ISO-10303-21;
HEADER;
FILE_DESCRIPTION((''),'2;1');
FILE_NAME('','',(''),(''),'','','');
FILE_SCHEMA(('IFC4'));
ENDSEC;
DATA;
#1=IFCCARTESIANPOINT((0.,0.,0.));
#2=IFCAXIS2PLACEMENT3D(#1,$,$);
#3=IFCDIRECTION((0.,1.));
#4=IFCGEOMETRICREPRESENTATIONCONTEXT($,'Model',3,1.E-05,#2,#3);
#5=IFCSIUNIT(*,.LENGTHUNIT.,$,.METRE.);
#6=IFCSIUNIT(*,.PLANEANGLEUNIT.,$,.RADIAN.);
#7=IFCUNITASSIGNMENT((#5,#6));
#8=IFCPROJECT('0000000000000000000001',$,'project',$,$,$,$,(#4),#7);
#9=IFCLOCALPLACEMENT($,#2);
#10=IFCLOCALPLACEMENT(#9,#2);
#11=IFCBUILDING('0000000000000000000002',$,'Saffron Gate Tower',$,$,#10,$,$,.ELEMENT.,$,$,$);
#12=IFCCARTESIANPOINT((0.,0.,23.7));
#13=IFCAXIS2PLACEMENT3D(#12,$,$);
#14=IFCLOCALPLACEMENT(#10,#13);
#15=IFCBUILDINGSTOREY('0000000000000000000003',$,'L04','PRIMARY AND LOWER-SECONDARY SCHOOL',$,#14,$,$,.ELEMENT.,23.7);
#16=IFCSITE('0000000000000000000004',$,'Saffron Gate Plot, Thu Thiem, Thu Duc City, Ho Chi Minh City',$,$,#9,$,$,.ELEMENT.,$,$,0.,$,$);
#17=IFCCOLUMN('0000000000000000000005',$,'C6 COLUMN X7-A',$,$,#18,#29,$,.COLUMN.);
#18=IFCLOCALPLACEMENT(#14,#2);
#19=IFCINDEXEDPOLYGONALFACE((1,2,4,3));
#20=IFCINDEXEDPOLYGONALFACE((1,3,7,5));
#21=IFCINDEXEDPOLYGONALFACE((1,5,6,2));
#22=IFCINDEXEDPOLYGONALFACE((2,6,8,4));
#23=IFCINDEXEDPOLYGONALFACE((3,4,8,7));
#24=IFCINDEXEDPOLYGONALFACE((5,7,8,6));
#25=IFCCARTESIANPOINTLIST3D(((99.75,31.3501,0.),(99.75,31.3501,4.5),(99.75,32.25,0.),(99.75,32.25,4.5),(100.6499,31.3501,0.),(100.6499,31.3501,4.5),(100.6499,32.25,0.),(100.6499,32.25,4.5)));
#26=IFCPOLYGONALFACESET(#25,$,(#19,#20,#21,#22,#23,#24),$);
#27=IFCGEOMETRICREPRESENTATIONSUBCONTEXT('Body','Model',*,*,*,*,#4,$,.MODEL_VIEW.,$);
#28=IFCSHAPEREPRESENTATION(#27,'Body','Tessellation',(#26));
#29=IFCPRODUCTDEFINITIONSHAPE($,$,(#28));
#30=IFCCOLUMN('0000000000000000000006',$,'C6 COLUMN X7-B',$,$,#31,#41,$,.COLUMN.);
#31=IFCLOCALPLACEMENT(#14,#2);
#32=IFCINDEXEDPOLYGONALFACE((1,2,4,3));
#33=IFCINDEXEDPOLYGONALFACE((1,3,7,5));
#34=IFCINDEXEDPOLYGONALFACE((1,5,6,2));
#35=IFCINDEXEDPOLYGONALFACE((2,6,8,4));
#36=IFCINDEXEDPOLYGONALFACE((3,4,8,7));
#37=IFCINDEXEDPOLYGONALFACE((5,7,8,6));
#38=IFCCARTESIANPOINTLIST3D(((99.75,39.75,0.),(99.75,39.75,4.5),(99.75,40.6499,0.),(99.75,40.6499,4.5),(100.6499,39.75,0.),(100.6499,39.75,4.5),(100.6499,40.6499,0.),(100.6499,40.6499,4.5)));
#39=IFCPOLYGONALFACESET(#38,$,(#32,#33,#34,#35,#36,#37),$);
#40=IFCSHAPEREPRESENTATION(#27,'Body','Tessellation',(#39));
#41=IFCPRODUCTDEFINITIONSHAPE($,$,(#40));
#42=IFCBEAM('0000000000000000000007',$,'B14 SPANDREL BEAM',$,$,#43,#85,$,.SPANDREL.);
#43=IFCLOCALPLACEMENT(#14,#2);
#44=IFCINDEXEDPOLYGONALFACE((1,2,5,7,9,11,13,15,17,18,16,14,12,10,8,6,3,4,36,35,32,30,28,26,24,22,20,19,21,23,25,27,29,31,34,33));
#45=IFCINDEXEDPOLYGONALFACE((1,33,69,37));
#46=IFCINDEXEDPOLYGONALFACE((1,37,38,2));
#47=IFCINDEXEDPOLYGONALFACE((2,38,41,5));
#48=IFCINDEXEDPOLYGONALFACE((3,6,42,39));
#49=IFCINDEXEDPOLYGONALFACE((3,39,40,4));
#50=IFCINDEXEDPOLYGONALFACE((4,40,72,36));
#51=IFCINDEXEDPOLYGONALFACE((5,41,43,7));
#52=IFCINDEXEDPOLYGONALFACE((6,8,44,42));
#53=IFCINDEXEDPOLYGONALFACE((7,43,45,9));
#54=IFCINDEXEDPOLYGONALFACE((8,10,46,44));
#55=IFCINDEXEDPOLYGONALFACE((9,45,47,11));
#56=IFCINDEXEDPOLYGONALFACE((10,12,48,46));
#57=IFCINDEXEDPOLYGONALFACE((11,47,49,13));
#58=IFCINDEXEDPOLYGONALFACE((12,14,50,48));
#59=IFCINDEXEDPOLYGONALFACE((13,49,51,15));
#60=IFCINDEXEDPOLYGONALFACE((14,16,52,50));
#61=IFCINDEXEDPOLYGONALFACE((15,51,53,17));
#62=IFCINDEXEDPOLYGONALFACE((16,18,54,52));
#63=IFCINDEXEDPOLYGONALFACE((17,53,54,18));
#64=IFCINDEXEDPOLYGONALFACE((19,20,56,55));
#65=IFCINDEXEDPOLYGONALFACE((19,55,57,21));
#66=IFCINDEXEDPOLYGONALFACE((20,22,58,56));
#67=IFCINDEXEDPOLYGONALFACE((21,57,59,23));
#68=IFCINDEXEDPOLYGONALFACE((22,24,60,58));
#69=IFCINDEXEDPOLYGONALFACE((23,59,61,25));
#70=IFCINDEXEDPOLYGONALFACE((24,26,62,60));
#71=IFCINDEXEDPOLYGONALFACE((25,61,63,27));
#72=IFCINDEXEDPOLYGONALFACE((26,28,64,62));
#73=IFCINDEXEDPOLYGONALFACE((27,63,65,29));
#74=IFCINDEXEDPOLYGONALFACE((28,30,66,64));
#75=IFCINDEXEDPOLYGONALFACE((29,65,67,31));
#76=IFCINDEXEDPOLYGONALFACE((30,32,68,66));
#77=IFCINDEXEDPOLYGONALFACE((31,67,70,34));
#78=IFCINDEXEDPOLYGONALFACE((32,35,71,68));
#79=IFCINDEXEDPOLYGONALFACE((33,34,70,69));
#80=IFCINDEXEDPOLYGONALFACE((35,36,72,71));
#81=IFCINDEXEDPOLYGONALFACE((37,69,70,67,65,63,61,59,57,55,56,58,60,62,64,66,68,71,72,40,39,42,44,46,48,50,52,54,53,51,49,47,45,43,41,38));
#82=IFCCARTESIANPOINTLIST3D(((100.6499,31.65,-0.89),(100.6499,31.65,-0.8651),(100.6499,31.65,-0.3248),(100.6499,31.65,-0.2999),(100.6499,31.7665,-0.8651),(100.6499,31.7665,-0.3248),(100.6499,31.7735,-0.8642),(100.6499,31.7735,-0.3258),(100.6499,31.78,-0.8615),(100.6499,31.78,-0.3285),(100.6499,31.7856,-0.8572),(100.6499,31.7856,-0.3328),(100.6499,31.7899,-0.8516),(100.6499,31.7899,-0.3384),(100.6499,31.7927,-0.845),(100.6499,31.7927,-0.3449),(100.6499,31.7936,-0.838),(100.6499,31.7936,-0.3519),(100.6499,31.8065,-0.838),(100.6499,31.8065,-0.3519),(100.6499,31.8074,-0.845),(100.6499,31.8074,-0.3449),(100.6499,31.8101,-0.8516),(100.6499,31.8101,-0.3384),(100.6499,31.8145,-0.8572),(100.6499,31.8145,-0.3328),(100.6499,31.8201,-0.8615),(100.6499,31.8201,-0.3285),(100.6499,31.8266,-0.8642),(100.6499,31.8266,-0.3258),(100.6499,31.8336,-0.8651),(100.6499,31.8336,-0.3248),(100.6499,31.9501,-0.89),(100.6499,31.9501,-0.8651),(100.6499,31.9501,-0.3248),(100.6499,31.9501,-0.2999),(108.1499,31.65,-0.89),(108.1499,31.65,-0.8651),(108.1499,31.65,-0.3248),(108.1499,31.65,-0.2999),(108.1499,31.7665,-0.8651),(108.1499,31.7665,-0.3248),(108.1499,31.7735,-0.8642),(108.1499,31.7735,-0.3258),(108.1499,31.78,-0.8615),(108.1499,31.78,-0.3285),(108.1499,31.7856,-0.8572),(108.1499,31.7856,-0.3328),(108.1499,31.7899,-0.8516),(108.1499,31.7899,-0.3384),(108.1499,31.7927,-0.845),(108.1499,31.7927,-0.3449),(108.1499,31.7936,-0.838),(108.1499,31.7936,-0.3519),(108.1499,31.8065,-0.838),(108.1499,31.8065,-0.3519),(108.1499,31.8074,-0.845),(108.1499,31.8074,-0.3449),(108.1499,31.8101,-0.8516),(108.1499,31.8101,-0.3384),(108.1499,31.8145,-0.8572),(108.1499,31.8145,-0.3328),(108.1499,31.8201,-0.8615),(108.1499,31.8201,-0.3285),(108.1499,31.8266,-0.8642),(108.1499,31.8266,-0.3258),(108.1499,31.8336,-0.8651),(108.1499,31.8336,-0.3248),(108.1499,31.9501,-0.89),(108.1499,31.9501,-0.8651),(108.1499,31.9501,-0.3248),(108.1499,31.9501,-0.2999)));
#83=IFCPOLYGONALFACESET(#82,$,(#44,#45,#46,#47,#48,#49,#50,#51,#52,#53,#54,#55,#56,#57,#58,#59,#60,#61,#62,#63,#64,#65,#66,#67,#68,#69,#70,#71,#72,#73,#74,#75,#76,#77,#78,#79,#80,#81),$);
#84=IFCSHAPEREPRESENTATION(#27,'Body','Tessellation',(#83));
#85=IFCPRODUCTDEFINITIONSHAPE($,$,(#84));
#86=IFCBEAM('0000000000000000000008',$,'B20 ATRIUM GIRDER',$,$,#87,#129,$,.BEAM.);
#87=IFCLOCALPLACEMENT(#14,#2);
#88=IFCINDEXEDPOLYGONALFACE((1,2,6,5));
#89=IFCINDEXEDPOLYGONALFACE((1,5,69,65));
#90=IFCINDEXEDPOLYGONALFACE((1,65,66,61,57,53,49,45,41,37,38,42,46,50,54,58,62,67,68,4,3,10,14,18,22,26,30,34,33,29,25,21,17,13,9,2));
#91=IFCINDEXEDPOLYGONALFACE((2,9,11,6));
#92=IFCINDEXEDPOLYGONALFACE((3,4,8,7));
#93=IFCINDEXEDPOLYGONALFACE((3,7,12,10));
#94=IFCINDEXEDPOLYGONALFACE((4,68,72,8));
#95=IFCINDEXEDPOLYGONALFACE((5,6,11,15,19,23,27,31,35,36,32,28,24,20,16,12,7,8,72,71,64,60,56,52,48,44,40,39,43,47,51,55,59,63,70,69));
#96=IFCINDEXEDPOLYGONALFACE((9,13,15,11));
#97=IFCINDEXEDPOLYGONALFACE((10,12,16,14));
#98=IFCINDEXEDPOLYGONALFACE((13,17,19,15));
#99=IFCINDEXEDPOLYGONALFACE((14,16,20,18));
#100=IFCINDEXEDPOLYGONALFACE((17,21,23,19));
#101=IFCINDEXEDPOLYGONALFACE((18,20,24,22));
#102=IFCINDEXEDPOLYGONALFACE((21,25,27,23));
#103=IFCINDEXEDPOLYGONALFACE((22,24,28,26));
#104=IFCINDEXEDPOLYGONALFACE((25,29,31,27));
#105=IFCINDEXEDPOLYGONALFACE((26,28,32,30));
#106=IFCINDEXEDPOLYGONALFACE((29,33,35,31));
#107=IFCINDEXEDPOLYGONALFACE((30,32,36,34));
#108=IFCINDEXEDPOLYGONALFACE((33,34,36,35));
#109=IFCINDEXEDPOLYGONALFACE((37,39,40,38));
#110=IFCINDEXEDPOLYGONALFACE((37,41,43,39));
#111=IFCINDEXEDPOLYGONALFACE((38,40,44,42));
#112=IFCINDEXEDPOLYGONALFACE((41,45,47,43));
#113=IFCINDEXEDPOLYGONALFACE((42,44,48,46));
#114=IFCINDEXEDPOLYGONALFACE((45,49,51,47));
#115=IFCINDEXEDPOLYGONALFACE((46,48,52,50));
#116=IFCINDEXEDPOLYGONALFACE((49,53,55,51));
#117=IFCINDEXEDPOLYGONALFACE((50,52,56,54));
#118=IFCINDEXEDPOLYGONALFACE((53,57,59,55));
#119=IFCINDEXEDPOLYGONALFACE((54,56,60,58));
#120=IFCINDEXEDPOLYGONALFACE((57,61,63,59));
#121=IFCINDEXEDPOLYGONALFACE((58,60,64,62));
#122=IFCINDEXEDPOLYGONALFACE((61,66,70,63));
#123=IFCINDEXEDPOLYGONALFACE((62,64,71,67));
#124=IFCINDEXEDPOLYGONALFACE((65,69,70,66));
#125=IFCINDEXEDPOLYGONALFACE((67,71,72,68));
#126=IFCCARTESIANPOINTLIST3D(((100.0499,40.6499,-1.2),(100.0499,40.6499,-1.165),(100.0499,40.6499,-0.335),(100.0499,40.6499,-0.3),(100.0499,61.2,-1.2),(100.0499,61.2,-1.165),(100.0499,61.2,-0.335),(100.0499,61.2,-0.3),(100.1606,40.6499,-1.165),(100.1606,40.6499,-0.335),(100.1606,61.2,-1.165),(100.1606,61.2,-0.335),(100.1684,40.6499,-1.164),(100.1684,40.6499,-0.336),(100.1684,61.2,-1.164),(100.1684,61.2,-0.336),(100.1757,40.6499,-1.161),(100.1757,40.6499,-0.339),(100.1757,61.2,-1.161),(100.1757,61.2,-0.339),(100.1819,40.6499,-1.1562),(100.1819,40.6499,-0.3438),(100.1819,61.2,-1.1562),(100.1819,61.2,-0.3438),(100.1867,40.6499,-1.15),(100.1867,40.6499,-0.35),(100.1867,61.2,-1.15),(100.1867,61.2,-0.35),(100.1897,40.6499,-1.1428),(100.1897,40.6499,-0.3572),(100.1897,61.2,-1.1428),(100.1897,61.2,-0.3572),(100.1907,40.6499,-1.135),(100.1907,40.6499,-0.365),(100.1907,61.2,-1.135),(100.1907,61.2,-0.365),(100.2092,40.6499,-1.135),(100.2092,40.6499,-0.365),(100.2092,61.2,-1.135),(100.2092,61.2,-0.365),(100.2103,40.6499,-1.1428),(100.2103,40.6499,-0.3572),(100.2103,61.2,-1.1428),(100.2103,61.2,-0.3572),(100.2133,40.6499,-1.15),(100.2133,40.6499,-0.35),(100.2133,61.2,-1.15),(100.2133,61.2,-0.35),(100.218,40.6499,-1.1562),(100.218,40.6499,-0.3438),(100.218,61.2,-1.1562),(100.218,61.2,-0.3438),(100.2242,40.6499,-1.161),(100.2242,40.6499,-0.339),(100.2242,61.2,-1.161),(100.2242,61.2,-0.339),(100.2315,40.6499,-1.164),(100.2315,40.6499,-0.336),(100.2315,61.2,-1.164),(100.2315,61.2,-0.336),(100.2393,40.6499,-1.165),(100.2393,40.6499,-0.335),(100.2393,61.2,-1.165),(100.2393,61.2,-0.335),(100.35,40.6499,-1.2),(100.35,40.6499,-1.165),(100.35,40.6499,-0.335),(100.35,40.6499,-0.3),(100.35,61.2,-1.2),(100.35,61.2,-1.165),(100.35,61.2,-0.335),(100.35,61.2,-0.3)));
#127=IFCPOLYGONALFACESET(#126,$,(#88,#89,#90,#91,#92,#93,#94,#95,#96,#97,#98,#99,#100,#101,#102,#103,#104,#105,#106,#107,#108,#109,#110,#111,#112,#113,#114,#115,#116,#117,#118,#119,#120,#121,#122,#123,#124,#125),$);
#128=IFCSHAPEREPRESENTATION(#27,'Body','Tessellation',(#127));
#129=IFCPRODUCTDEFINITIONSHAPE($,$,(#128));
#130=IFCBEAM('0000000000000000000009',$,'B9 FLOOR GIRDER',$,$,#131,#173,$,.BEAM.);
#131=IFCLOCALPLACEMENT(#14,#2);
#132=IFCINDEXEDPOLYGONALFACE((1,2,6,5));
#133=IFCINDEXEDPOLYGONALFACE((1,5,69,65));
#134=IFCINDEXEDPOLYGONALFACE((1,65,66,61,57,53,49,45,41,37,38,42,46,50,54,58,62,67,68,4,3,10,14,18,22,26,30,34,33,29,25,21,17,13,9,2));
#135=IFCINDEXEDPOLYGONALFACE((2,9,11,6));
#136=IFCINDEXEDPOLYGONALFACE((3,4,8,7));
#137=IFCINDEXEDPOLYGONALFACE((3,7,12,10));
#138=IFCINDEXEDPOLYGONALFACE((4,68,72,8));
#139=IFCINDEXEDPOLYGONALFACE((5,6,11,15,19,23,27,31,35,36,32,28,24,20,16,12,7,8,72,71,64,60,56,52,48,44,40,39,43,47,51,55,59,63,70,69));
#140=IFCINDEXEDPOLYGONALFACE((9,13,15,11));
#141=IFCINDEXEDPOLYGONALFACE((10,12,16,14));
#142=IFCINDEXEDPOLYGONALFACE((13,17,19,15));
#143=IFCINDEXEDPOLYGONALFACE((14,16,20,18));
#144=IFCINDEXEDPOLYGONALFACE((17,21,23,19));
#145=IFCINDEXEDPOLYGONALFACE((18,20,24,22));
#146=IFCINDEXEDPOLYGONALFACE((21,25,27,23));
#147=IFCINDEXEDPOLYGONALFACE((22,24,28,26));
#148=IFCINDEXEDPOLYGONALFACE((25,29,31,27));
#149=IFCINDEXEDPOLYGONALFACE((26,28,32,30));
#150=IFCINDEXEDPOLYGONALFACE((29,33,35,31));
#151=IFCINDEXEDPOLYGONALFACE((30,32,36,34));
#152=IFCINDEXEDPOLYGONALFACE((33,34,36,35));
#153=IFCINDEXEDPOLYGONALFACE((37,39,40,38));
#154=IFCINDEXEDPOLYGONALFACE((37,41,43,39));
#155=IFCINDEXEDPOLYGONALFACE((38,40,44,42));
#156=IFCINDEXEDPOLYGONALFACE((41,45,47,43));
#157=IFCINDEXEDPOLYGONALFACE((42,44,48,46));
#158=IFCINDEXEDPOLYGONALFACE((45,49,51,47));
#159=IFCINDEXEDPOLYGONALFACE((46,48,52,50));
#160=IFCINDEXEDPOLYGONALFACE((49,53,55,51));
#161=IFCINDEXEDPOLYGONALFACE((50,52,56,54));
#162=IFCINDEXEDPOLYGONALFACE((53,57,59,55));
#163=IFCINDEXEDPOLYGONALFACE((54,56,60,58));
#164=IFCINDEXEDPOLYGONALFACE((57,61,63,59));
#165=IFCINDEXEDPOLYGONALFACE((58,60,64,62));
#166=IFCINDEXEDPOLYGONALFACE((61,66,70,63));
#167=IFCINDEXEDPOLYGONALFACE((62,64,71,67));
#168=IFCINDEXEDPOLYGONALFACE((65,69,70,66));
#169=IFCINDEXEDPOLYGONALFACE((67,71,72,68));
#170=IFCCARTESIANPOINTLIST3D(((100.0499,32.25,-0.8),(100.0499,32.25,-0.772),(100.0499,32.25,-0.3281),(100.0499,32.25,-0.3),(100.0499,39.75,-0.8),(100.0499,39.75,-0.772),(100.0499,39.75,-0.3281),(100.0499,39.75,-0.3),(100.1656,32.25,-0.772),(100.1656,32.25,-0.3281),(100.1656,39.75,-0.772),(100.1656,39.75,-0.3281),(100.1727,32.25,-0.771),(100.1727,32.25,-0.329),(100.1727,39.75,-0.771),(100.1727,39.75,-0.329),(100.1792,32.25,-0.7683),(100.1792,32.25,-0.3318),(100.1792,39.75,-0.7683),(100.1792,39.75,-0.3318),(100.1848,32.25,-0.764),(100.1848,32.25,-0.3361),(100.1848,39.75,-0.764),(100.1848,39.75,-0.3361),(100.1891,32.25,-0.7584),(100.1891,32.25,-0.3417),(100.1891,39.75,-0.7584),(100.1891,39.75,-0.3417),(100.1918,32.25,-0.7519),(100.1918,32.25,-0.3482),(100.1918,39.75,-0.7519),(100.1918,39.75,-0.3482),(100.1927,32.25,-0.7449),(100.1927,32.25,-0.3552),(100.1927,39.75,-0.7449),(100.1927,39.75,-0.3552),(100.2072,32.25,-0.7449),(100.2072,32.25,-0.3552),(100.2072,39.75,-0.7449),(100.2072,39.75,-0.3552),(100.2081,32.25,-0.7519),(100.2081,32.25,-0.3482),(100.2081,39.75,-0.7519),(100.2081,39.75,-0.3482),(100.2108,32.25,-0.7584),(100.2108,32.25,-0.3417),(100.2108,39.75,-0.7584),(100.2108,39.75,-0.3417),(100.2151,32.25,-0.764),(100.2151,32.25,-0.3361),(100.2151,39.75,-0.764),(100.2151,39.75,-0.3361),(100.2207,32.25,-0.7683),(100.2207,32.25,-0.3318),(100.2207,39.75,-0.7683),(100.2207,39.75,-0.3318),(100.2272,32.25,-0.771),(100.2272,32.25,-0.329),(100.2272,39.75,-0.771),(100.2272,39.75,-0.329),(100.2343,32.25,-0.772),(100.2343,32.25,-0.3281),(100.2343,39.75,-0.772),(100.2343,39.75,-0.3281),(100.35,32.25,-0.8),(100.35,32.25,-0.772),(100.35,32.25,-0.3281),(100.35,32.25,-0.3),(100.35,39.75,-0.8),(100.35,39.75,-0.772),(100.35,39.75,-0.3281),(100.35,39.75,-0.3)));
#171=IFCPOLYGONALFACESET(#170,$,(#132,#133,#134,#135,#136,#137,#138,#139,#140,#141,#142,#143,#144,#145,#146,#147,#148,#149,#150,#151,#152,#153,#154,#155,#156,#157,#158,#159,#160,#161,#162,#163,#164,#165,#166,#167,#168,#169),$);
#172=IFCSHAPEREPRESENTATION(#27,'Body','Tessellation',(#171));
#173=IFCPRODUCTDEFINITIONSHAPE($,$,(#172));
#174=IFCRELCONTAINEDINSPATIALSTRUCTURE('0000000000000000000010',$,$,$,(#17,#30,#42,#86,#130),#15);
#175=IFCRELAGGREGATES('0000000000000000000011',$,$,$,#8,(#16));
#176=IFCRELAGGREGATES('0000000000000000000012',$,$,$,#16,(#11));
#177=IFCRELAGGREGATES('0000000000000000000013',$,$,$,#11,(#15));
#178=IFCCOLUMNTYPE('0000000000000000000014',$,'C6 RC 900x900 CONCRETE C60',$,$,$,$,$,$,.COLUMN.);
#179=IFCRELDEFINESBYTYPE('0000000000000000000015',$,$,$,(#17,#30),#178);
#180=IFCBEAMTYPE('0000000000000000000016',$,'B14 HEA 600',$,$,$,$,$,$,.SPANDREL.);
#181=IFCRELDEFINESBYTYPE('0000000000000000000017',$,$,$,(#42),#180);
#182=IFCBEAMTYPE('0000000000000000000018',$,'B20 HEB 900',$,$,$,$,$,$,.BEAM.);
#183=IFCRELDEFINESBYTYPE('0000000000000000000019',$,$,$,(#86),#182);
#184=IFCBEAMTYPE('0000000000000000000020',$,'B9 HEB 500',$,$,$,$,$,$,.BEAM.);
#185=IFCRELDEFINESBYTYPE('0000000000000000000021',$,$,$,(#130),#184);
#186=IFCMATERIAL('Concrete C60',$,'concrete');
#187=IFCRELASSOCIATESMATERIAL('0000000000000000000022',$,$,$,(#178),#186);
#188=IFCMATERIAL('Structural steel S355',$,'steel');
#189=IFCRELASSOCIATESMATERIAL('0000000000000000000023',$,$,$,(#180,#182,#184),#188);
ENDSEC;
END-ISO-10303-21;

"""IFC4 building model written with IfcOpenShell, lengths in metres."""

from ifc_helpers import new_model, si_unit, direction, frame, origin, origin_2d, place, context, subcontext, project, spatial, rectangle, i_section, extrude, material, material_profile, profile_set, type_object, element, save


model = new_model("IFC4")

# Units and contexts
model_context = context("Model", 3, precision=1e-05, world=origin(), true_north=direction((0.0, 1.0)))
body_context = subcontext(model_context, "Body", "Model", "MODEL_VIEW")
ifc_project = project(units=[si_unit("LENGTHUNIT", "METRE"), si_unit("PLANEANGLEUNIT", "RADIAN")], contexts=[model_context])

# Site, building, storey
site_placement = place(None, origin())
site = spatial("IfcSite", under=ifc_project, at=site_placement, Name="Saffron Gate Plot, Thu Thiem, Thu Duc City, Ho Chi Minh City", CompositionType="ELEMENT", RefElevation=0.0)
building_placement = place(site_placement, origin())
building = spatial("IfcBuilding", under=site, at=building_placement, Name="Saffron Gate Tower", CompositionType="ELEMENT")
storey_placement = place(building_placement, frame((0.0, 0.0, 23.7)))
storey = spatial("IfcBuildingStorey", under=building, at=storey_placement, Name="L04", Description="PRIMARY AND LOWER-SECONDARY SCHOOL", CompositionType="ELEMENT", Elevation=23.7)

# Columns
ifc_material_1 = material(Name="Concrete C60", Category="concrete")
ifc_material_profile_1 = material_profile(ifc_material_1, rectangle(XDim=0.8999, YDim=0.8999, at=origin_2d()))
ifc_profile_set_1 = profile_set([ifc_material_profile_1], Name="Concrete C60")
column_type = type_object("IfcColumnType", Name="C6 RC 900x900 CONCRETE C60", PredefinedType="COLUMN", material=ifc_profile_set_1)
for number, where, z_axis, x_axis, name in (
    (1, (100.2, 31.8, 0.0), (0.0, 0.0, 1.0), (1.0, 0.0, 0.0), "C6 COLUMN X7-A"),
    (2, (100.2, 40.2, 0.0), (0.0, 0.0, 1.0), (1.0, 0.0, 0.0), "C6 COLUMN X7-B"),
):
    element("IfcColumn", number, at=place(storey_placement, frame(where, z_axis=z_axis, x_axis=x_axis)), inside=storey, type_object=column_type, Name=name, PredefinedType="COLUMN", context=body_context, shape_type="SweptSolid", body=[
        extrude(rectangle(XDim=0.8999, YDim=0.8999, at=origin_2d()), origin(), (0.0, 0.0, 1.0), 4.5),
    ])

# Beams
ifc_material_2 = material(Name="Structural steel S355", Category="steel")
ifc_material_profile_2 = material_profile(ifc_material_2, i_section(OverallWidth=0.3, OverallDepth=0.5901, WebThickness=0.0129, FlangeThickness=0.0249, FilletRadius=0.0271, at=origin_2d()))
ifc_profile_set_2 = profile_set([ifc_material_profile_2], Name="Structural steel S355")
beam_type_1 = type_object("IfcBeamType", Name="B14 HEA 600", PredefinedType="SPANDREL", material=ifc_profile_set_2)
beam_1_placement = place(storey_placement, frame((100.6499, 31.8, -0.595), z_axis=(1.0, 0.0, 0.0), x_axis=(0.0, 1.0, 0.0)))
element("IfcBeam", 3, at=beam_1_placement, inside=storey, type_object=beam_type_1, Name="B14 SPANDREL BEAM", PredefinedType="SPANDREL", context=body_context, shape_type="SweptSolid", body=[
    extrude(i_section(OverallWidth=0.3, OverallDepth=0.5901, WebThickness=0.0129, FlangeThickness=0.0249, FilletRadius=0.0271, at=origin_2d()), origin(), (0.0, 0.0, 1.0), 7.5),
])
ifc_material_profile_3 = material_profile(ifc_material_2, i_section(OverallWidth=0.3, OverallDepth=0.8999, WebThickness=0.0186, FlangeThickness=0.0349, FilletRadius=0.03, at=origin_2d()))
ifc_profile_set_3 = profile_set([ifc_material_profile_3], Name="Structural steel S355")
beam_type_2 = type_object("IfcBeamType", Name="B20 HEB 900", PredefinedType="BEAM", material=ifc_profile_set_3)
beam_2_placement = place(storey_placement, frame((100.2, 40.6499, -0.75), z_axis=(0.0, 1.0, 0.0), x_axis=(-1.0, 0.0, 0.0)))
element("IfcBeam", 4, at=beam_2_placement, inside=storey, type_object=beam_type_2, Name="B20 ATRIUM GIRDER", PredefinedType="BEAM", context=body_context, shape_type="SweptSolid", body=[
    extrude(i_section(OverallWidth=0.3, OverallDepth=0.8999, WebThickness=0.0186, FlangeThickness=0.0349, FilletRadius=0.03, at=origin_2d()), origin(), (0.0, 0.0, 1.0), 20.55),
])
ifc_material_profile_4 = material_profile(ifc_material_2, i_section(OverallWidth=0.3, OverallDepth=0.5, WebThickness=0.0144, FlangeThickness=0.0281, FilletRadius=0.0271, at=origin_2d()))
ifc_profile_set_4 = profile_set([ifc_material_profile_4], Name="Structural steel S355")
beam_type_3 = type_object("IfcBeamType", Name="B9 HEB 500", PredefinedType="BEAM", material=ifc_profile_set_4)
beam_3_placement = place(storey_placement, frame((100.2, 32.25, -0.55), z_axis=(0.0, 1.0, 0.0), x_axis=(-1.0, 0.0, 0.0)))
element("IfcBeam", 5, at=beam_3_placement, inside=storey, type_object=beam_type_3, Name="B9 FLOOR GIRDER", PredefinedType="BEAM", context=body_context, shape_type="SweptSolid", body=[
    extrude(i_section(OverallWidth=0.3, OverallDepth=0.5, WebThickness=0.0144, FlangeThickness=0.0281, FilletRadius=0.0271, at=origin_2d()), origin(), (0.0, 0.0, 1.0), 7.5),
])

save(model, "model.ifc")
